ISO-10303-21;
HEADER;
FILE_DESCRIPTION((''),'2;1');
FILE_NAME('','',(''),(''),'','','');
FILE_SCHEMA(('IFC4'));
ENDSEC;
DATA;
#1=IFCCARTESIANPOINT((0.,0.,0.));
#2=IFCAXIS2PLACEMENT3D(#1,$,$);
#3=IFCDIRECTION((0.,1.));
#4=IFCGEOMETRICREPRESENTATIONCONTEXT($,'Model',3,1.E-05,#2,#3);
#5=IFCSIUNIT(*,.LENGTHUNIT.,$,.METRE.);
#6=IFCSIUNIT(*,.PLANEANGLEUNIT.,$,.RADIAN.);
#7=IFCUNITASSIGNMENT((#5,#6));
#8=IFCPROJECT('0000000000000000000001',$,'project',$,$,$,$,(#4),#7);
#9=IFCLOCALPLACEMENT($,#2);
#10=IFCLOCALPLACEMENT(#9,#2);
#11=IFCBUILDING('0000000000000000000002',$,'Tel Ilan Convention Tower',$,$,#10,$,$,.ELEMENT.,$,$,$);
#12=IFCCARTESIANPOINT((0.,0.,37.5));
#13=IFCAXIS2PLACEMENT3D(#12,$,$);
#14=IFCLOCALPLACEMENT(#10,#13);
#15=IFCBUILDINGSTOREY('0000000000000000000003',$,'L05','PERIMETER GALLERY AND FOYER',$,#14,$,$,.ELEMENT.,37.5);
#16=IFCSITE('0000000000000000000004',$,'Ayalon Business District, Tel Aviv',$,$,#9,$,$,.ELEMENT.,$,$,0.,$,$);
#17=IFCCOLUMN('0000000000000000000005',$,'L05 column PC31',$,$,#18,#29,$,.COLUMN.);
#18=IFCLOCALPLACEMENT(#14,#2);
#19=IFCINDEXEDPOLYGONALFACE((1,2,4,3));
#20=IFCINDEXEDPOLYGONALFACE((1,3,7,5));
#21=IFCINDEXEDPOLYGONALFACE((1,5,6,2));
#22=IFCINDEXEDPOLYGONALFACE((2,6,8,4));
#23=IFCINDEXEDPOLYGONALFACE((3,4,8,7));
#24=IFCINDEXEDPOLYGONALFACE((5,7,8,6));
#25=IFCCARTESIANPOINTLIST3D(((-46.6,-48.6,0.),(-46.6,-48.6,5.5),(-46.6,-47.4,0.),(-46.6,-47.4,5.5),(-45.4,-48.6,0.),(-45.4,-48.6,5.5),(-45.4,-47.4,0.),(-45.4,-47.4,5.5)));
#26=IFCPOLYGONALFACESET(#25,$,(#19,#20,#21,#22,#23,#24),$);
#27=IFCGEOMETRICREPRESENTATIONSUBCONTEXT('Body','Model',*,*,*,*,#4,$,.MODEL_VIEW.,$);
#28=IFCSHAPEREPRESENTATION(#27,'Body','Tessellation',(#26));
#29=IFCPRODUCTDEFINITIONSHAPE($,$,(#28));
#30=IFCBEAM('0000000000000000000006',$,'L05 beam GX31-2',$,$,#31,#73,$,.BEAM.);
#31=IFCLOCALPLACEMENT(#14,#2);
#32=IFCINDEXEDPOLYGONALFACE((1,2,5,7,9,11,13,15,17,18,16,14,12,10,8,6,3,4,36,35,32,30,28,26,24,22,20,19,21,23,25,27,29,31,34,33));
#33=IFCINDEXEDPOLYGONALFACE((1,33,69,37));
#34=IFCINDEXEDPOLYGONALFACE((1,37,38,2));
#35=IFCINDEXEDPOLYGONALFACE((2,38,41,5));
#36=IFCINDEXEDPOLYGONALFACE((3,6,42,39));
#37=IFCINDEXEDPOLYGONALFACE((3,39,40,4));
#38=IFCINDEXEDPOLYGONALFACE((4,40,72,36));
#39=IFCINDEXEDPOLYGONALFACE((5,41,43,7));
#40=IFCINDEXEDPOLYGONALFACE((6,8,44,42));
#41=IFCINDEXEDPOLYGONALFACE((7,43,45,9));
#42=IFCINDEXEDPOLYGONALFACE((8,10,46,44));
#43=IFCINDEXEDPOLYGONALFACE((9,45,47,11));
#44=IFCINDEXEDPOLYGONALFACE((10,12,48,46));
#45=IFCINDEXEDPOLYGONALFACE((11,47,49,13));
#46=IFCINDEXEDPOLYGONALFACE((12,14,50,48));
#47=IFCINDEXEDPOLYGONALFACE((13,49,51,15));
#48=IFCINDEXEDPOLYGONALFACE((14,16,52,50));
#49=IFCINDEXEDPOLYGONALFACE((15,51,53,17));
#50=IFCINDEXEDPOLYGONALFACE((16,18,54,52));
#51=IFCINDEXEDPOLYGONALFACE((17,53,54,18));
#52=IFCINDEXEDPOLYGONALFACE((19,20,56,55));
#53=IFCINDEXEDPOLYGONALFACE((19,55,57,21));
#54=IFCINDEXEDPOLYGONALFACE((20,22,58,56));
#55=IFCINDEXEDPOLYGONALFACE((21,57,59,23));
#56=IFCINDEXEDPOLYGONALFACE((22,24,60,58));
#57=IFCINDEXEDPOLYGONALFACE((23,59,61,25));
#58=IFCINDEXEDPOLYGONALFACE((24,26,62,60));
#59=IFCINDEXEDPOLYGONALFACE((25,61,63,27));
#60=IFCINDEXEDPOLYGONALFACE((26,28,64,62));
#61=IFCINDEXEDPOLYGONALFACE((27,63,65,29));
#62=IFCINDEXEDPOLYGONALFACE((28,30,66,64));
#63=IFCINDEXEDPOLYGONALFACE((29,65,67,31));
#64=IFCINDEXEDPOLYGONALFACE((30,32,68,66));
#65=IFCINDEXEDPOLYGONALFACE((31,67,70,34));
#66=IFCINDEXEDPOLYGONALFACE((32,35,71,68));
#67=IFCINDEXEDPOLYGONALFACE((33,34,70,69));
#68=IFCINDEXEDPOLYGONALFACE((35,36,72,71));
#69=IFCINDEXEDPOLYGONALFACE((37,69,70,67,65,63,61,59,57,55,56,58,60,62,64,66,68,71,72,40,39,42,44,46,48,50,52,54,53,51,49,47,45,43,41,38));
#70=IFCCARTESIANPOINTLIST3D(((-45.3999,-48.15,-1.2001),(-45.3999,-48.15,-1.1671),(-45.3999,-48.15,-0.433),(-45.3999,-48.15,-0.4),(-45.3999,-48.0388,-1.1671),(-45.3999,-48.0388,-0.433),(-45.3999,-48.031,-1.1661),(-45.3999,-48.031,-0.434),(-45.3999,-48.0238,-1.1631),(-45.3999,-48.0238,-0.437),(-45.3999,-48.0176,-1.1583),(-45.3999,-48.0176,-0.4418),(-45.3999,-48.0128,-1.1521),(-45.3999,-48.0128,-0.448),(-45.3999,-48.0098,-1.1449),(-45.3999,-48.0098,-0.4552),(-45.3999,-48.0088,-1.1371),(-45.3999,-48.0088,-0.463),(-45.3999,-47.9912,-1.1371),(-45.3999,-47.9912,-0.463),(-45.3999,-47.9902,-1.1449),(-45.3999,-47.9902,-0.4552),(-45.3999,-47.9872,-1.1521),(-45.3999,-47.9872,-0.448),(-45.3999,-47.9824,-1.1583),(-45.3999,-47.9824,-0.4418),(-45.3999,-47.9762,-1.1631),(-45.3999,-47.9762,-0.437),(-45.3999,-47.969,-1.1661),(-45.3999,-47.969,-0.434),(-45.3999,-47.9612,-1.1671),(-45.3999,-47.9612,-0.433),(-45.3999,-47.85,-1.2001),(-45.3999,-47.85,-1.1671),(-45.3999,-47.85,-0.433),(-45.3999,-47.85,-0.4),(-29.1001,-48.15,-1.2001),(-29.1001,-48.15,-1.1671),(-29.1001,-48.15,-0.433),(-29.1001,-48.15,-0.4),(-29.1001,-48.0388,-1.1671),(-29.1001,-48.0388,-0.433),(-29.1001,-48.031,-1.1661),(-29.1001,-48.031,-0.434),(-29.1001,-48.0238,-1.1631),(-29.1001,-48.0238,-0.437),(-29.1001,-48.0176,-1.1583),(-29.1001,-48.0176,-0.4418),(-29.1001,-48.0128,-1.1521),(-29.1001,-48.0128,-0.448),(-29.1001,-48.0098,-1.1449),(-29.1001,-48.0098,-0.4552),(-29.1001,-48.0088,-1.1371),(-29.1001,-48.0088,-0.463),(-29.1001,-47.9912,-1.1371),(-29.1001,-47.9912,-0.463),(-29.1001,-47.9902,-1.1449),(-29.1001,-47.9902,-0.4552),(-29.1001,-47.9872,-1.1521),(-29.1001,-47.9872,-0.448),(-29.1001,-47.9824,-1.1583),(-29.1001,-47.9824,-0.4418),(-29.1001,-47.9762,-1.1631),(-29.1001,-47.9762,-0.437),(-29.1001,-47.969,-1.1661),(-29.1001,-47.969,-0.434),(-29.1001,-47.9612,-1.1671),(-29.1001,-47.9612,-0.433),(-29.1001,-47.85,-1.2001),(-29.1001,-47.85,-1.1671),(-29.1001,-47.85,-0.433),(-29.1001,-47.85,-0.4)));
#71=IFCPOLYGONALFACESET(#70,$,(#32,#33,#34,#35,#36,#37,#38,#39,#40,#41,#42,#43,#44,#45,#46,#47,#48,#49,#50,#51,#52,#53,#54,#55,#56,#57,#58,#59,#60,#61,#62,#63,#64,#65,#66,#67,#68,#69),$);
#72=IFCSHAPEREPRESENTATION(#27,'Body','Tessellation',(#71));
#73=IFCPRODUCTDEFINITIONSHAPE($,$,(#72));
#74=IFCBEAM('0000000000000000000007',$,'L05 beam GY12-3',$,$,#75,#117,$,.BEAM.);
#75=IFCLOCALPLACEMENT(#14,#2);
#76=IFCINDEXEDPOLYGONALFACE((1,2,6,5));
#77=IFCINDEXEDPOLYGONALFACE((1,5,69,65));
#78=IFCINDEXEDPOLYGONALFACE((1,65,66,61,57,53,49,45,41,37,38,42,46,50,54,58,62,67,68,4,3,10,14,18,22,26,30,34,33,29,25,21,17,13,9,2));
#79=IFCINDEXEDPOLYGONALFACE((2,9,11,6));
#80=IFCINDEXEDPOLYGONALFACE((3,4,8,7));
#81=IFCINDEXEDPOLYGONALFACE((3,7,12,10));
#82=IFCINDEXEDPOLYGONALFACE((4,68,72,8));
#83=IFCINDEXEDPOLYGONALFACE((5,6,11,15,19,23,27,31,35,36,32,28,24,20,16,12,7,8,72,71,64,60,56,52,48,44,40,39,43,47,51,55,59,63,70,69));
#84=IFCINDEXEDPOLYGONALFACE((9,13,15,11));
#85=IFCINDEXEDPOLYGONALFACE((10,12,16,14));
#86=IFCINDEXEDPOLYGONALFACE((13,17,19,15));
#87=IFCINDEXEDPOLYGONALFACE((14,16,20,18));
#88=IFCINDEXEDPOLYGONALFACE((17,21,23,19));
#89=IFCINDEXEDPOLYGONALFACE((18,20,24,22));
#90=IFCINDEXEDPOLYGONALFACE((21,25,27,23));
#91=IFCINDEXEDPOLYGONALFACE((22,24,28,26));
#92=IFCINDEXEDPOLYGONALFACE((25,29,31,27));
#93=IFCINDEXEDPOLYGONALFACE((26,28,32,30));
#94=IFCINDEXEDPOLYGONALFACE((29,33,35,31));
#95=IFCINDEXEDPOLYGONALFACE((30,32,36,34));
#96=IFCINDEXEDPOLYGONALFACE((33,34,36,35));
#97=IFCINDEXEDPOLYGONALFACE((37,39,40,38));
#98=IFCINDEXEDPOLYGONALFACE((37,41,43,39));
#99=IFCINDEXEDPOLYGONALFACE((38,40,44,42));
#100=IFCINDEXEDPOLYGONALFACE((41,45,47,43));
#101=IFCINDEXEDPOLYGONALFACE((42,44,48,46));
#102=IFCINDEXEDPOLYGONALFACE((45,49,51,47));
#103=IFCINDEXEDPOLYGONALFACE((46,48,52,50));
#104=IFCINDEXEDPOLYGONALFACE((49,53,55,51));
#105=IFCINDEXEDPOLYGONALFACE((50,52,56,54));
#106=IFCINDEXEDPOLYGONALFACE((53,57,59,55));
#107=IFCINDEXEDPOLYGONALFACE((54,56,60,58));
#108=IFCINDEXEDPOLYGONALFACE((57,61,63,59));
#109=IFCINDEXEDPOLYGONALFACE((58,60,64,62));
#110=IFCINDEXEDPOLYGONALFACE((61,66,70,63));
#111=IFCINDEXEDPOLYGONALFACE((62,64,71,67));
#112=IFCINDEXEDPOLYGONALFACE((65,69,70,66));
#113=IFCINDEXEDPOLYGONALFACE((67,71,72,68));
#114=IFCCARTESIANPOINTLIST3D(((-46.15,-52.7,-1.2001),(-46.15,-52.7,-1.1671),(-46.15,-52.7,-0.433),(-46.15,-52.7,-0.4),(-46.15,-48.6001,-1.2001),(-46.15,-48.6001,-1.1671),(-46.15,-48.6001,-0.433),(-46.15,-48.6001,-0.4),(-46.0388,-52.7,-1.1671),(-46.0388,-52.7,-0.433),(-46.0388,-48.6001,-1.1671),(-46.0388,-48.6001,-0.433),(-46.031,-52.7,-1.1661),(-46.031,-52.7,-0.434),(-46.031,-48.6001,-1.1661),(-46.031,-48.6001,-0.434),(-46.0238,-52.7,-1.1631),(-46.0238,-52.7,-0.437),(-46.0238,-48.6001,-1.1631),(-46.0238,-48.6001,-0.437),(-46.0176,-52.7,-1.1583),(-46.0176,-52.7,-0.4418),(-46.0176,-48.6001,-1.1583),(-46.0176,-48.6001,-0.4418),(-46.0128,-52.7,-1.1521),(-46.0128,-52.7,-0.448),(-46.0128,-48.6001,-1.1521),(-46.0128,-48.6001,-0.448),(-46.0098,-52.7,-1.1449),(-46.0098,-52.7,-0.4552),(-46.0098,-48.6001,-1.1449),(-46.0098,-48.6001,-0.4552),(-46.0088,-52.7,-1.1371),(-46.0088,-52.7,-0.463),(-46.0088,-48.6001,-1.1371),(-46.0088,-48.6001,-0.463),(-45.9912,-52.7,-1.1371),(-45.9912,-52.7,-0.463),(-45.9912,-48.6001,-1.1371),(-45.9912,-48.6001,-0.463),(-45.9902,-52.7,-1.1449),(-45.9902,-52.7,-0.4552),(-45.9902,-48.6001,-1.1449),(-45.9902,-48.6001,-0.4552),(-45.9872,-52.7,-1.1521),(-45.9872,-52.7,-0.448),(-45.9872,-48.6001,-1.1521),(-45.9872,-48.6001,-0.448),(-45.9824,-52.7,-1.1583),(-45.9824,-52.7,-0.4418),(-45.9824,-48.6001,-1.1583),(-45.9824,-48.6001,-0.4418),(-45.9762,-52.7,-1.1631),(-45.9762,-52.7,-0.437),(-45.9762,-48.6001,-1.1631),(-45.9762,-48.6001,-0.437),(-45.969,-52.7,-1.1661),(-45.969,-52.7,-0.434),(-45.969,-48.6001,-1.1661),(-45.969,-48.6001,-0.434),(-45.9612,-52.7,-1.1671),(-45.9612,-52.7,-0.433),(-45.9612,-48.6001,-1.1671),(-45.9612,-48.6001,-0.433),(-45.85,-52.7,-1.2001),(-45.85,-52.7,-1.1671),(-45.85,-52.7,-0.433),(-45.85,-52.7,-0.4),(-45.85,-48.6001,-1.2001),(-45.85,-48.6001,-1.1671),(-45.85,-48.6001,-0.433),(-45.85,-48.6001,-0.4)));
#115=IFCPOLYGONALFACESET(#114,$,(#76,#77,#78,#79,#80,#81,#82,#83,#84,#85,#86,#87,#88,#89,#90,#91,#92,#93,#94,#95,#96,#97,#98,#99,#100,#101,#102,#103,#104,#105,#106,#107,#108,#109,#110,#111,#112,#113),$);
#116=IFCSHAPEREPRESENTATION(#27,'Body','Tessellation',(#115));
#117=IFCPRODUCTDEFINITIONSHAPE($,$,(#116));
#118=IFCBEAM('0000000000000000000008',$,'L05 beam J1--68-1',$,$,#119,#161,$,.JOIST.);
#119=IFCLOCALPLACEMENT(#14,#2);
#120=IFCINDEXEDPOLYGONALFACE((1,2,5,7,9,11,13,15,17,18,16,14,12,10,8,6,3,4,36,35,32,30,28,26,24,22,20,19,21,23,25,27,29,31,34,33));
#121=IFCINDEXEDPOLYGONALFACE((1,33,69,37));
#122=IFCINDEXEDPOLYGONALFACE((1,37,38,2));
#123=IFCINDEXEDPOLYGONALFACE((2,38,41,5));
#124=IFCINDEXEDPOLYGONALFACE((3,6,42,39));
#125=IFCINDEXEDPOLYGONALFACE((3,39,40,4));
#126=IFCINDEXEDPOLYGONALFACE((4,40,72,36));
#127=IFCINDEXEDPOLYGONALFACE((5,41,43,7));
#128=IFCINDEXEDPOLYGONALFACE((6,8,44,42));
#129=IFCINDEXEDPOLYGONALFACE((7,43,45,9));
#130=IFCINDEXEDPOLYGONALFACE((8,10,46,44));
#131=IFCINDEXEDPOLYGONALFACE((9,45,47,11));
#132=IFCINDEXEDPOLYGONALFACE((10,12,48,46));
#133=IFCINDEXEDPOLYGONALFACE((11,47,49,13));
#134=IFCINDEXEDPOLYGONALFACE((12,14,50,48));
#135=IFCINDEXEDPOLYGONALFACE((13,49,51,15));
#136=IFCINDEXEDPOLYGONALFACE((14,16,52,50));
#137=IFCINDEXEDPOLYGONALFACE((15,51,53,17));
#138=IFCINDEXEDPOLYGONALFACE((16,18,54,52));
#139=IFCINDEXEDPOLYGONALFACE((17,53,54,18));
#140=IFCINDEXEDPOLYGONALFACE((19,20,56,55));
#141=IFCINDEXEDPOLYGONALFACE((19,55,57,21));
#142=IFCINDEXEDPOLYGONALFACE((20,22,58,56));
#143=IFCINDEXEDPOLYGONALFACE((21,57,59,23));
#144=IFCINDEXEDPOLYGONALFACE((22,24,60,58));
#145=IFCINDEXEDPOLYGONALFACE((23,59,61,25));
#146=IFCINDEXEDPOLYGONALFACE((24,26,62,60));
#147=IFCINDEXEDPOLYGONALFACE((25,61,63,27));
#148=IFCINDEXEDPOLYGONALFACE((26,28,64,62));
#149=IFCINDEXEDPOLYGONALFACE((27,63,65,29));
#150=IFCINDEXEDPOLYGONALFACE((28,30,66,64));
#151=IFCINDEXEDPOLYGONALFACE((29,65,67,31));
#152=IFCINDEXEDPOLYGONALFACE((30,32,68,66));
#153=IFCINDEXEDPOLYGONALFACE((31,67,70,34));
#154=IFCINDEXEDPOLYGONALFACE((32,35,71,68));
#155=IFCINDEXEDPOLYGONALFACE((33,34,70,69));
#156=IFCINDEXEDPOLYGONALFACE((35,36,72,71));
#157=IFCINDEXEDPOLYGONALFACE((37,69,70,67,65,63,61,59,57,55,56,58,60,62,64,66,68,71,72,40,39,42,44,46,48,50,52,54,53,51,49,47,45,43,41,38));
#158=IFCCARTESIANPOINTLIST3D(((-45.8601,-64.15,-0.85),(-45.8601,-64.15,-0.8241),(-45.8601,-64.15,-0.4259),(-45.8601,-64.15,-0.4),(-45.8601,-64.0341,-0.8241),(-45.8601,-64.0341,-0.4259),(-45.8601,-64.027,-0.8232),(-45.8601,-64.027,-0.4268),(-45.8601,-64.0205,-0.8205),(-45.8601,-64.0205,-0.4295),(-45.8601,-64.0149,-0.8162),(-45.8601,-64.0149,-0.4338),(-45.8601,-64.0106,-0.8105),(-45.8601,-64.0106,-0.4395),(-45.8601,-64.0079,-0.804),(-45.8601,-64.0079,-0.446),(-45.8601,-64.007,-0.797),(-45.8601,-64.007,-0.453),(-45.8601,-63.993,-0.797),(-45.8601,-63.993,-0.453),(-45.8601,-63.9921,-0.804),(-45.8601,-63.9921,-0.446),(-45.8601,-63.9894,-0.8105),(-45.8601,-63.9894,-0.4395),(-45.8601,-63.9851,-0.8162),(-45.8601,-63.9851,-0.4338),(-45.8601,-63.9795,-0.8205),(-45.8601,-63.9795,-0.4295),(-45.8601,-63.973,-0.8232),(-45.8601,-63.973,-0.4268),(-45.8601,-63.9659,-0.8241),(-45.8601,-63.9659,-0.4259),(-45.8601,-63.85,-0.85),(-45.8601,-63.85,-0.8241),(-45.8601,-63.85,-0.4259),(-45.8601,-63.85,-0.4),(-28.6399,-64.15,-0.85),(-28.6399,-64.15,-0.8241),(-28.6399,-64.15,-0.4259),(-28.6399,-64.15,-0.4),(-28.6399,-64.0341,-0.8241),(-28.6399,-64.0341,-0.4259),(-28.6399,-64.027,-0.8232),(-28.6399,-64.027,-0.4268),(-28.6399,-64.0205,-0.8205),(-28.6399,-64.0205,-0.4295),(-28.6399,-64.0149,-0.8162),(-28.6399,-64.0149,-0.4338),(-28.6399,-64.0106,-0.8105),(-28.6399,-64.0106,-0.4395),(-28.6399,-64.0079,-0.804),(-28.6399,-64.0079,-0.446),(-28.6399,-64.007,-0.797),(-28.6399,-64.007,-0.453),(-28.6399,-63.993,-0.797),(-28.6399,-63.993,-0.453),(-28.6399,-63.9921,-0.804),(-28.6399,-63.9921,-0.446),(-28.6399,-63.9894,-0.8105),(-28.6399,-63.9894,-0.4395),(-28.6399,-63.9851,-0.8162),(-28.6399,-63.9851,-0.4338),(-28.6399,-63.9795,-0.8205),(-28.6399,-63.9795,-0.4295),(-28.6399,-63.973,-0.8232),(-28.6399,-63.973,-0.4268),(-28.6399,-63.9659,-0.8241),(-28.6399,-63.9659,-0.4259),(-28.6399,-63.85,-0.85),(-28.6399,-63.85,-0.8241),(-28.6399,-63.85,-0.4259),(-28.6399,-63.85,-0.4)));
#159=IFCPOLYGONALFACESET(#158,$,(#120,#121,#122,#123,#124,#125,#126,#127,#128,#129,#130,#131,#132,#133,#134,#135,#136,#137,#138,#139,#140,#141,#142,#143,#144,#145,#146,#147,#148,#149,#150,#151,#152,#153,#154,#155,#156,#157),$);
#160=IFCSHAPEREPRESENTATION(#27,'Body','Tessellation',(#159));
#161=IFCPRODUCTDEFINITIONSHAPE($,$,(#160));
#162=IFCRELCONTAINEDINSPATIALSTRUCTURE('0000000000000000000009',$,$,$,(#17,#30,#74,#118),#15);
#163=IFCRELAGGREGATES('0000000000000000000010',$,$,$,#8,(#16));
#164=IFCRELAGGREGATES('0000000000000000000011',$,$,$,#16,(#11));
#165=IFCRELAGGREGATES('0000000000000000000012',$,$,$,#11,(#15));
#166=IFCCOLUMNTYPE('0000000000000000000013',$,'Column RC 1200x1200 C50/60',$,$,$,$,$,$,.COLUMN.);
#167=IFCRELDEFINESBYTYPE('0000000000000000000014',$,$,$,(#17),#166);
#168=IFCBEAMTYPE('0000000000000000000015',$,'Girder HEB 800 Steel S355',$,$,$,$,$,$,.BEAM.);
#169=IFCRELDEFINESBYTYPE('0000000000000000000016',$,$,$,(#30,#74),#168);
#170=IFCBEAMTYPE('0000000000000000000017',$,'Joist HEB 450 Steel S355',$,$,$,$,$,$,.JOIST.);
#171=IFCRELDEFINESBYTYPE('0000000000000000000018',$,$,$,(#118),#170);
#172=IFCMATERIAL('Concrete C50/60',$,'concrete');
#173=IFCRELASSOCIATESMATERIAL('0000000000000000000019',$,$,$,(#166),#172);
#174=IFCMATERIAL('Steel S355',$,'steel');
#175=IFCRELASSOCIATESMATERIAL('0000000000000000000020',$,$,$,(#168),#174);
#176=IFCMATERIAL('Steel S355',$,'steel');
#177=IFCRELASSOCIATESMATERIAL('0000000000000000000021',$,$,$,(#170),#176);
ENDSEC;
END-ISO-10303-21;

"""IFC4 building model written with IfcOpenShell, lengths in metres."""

from ifc_helpers import new_model, si_unit, direction, frame, origin, origin_2d, place, context, subcontext, project, spatial, rectangle, i_section, extrude, material, material_profile, profile_set, type_object, element, save


model = new_model("IFC4")

# Units and contexts
model_context = context("Model", 3, precision=1e-05, world=origin(), true_north=direction((0.0, 1.0)))
body_context = subcontext(model_context, "Body", "Model", "MODEL_VIEW")
ifc_project = project(units=[si_unit("LENGTHUNIT", "METRE"), si_unit("PLANEANGLEUNIT", "RADIAN")], contexts=[model_context])

# Site, building, storey
site_placement = place(None, origin())
site = spatial("IfcSite", under=ifc_project, at=site_placement, Name="Ayalon Business District, Tel Aviv", CompositionType="ELEMENT", RefElevation=0.0)
building_placement = place(site_placement, origin())
building = spatial("IfcBuilding", under=site, at=building_placement, Name="Tel Ilan Convention Tower", CompositionType="ELEMENT")
storey_placement = place(building_placement, frame((0.0, 0.0, 37.5)))
storey = spatial("IfcBuildingStorey", under=building, at=storey_placement, Name="L05", Description="PERIMETER GALLERY AND FOYER", CompositionType="ELEMENT", Elevation=37.5)

# Column
ifc_material_1 = material(Name="Concrete C50/60", Category="concrete")
ifc_material_profile_1 = material_profile(ifc_material_1, rectangle(XDim=1.2, YDim=1.2, at=origin_2d()), Name="RC 1200x1200")
ifc_profile_set_1 = profile_set([ifc_material_profile_1], Name="Concrete C50/60")
column_type = type_object("IfcColumnType", Name="Column RC 1200x1200 C50/60", PredefinedType="COLUMN", material=ifc_profile_set_1)
column_placement = place(storey_placement, frame((-46.0, -48.0, 0.0), z_axis=(0.0, 0.0, 1.0), x_axis=(1.0, 0.0, 0.0)))
element("IfcColumn", 1, at=column_placement, inside=storey, type_object=column_type, Name="L05 column PC31", PredefinedType="COLUMN", context=body_context, shape_type="SweptSolid", body=[
    extrude(rectangle(XDim=1.2, YDim=1.2, at=origin_2d()), origin(), (0.0, 0.0, 1.0), 5.5),
])

# Beams
ifc_material_2 = material(Name="Steel S355", Category="steel")
ifc_material_profile_2 = material_profile(ifc_material_2, i_section(OverallWidth=0.3, OverallDepth=0.8, WebThickness=0.0176, FlangeThickness=0.033, FilletRadius=0.03, at=origin_2d()), Name="HEB 800")
ifc_profile_set_2 = profile_set([ifc_material_profile_2], Name="Steel S355")
beam_type_1 = type_object("IfcBeamType", Name="Girder HEB 800 Steel S355", PredefinedType="BEAM", material=ifc_profile_set_2)
beam_1_placement = place(storey_placement, frame((-45.3999, -48.0, -0.8), z_axis=(1.0, 0.0, 0.0), x_axis=(0.0, 1.0, 0.0)))
element("IfcBeam", 2, at=beam_1_placement, inside=storey, type_object=beam_type_1, Name="L05 beam GX31-2", PredefinedType="BEAM", context=body_context, shape_type="SweptSolid", body=[
    extrude(i_section(OverallWidth=0.3, OverallDepth=0.8, WebThickness=0.0176, FlangeThickness=0.033, FilletRadius=0.03, at=origin_2d()), origin(), (0.0, 0.0, 1.0), 16.2998),
])
beam_2_placement = place(storey_placement, frame((-46.0, -52.7, -0.8), z_axis=(0.0, 1.0, 0.0), x_axis=(-1.0, 0.0, 0.0)))
element("IfcBeam", 3, at=beam_2_placement, inside=storey, type_object=beam_type_1, Name="L05 beam GY12-3", PredefinedType="BEAM", context=body_context, shape_type="SweptSolid", body=[
    extrude(i_section(OverallWidth=0.3, OverallDepth=0.8, WebThickness=0.0176, FlangeThickness=0.033, FilletRadius=0.03, at=origin_2d()), origin(), (0.0, 0.0, 1.0), 4.0999),
])
ifc_material_3 = material(Name="Steel S355", Category="steel")
ifc_material_profile_3 = material_profile(ifc_material_3, i_section(OverallWidth=0.3, OverallDepth=0.45, WebThickness=0.0139, FlangeThickness=0.0259, FilletRadius=0.0271, at=origin_2d()), Name="HEB 450")
ifc_profile_set_3 = profile_set([ifc_material_profile_3], Name="Steel S355")
beam_type_2 = type_object("IfcBeamType", Name="Joist HEB 450 Steel S355", PredefinedType="JOIST", material=ifc_profile_set_3)
for number, where, z_axis, x_axis, name in (
    (4, (-45.8601, -64.0, -0.625), (1.0, 0.0, 0.0), (0.0, 1.0, 0.0), "L05 beam J1--68-1"),
):
    element("IfcBeam", number, at=place(storey_placement, frame(where, z_axis=z_axis, x_axis=x_axis)), inside=storey, type_object=beam_type_2, Name=name, PredefinedType="JOIST", context=body_context, shape_type="SweptSolid", body=[
        extrude(i_section(OverallWidth=0.3, OverallDepth=0.45, WebThickness=0.0139, FlangeThickness=0.0259, FilletRadius=0.0271, at=origin_2d()), origin(), (0.0, 0.0, 1.0), 17.2202),
    ])

save(model, "model.ifc")
